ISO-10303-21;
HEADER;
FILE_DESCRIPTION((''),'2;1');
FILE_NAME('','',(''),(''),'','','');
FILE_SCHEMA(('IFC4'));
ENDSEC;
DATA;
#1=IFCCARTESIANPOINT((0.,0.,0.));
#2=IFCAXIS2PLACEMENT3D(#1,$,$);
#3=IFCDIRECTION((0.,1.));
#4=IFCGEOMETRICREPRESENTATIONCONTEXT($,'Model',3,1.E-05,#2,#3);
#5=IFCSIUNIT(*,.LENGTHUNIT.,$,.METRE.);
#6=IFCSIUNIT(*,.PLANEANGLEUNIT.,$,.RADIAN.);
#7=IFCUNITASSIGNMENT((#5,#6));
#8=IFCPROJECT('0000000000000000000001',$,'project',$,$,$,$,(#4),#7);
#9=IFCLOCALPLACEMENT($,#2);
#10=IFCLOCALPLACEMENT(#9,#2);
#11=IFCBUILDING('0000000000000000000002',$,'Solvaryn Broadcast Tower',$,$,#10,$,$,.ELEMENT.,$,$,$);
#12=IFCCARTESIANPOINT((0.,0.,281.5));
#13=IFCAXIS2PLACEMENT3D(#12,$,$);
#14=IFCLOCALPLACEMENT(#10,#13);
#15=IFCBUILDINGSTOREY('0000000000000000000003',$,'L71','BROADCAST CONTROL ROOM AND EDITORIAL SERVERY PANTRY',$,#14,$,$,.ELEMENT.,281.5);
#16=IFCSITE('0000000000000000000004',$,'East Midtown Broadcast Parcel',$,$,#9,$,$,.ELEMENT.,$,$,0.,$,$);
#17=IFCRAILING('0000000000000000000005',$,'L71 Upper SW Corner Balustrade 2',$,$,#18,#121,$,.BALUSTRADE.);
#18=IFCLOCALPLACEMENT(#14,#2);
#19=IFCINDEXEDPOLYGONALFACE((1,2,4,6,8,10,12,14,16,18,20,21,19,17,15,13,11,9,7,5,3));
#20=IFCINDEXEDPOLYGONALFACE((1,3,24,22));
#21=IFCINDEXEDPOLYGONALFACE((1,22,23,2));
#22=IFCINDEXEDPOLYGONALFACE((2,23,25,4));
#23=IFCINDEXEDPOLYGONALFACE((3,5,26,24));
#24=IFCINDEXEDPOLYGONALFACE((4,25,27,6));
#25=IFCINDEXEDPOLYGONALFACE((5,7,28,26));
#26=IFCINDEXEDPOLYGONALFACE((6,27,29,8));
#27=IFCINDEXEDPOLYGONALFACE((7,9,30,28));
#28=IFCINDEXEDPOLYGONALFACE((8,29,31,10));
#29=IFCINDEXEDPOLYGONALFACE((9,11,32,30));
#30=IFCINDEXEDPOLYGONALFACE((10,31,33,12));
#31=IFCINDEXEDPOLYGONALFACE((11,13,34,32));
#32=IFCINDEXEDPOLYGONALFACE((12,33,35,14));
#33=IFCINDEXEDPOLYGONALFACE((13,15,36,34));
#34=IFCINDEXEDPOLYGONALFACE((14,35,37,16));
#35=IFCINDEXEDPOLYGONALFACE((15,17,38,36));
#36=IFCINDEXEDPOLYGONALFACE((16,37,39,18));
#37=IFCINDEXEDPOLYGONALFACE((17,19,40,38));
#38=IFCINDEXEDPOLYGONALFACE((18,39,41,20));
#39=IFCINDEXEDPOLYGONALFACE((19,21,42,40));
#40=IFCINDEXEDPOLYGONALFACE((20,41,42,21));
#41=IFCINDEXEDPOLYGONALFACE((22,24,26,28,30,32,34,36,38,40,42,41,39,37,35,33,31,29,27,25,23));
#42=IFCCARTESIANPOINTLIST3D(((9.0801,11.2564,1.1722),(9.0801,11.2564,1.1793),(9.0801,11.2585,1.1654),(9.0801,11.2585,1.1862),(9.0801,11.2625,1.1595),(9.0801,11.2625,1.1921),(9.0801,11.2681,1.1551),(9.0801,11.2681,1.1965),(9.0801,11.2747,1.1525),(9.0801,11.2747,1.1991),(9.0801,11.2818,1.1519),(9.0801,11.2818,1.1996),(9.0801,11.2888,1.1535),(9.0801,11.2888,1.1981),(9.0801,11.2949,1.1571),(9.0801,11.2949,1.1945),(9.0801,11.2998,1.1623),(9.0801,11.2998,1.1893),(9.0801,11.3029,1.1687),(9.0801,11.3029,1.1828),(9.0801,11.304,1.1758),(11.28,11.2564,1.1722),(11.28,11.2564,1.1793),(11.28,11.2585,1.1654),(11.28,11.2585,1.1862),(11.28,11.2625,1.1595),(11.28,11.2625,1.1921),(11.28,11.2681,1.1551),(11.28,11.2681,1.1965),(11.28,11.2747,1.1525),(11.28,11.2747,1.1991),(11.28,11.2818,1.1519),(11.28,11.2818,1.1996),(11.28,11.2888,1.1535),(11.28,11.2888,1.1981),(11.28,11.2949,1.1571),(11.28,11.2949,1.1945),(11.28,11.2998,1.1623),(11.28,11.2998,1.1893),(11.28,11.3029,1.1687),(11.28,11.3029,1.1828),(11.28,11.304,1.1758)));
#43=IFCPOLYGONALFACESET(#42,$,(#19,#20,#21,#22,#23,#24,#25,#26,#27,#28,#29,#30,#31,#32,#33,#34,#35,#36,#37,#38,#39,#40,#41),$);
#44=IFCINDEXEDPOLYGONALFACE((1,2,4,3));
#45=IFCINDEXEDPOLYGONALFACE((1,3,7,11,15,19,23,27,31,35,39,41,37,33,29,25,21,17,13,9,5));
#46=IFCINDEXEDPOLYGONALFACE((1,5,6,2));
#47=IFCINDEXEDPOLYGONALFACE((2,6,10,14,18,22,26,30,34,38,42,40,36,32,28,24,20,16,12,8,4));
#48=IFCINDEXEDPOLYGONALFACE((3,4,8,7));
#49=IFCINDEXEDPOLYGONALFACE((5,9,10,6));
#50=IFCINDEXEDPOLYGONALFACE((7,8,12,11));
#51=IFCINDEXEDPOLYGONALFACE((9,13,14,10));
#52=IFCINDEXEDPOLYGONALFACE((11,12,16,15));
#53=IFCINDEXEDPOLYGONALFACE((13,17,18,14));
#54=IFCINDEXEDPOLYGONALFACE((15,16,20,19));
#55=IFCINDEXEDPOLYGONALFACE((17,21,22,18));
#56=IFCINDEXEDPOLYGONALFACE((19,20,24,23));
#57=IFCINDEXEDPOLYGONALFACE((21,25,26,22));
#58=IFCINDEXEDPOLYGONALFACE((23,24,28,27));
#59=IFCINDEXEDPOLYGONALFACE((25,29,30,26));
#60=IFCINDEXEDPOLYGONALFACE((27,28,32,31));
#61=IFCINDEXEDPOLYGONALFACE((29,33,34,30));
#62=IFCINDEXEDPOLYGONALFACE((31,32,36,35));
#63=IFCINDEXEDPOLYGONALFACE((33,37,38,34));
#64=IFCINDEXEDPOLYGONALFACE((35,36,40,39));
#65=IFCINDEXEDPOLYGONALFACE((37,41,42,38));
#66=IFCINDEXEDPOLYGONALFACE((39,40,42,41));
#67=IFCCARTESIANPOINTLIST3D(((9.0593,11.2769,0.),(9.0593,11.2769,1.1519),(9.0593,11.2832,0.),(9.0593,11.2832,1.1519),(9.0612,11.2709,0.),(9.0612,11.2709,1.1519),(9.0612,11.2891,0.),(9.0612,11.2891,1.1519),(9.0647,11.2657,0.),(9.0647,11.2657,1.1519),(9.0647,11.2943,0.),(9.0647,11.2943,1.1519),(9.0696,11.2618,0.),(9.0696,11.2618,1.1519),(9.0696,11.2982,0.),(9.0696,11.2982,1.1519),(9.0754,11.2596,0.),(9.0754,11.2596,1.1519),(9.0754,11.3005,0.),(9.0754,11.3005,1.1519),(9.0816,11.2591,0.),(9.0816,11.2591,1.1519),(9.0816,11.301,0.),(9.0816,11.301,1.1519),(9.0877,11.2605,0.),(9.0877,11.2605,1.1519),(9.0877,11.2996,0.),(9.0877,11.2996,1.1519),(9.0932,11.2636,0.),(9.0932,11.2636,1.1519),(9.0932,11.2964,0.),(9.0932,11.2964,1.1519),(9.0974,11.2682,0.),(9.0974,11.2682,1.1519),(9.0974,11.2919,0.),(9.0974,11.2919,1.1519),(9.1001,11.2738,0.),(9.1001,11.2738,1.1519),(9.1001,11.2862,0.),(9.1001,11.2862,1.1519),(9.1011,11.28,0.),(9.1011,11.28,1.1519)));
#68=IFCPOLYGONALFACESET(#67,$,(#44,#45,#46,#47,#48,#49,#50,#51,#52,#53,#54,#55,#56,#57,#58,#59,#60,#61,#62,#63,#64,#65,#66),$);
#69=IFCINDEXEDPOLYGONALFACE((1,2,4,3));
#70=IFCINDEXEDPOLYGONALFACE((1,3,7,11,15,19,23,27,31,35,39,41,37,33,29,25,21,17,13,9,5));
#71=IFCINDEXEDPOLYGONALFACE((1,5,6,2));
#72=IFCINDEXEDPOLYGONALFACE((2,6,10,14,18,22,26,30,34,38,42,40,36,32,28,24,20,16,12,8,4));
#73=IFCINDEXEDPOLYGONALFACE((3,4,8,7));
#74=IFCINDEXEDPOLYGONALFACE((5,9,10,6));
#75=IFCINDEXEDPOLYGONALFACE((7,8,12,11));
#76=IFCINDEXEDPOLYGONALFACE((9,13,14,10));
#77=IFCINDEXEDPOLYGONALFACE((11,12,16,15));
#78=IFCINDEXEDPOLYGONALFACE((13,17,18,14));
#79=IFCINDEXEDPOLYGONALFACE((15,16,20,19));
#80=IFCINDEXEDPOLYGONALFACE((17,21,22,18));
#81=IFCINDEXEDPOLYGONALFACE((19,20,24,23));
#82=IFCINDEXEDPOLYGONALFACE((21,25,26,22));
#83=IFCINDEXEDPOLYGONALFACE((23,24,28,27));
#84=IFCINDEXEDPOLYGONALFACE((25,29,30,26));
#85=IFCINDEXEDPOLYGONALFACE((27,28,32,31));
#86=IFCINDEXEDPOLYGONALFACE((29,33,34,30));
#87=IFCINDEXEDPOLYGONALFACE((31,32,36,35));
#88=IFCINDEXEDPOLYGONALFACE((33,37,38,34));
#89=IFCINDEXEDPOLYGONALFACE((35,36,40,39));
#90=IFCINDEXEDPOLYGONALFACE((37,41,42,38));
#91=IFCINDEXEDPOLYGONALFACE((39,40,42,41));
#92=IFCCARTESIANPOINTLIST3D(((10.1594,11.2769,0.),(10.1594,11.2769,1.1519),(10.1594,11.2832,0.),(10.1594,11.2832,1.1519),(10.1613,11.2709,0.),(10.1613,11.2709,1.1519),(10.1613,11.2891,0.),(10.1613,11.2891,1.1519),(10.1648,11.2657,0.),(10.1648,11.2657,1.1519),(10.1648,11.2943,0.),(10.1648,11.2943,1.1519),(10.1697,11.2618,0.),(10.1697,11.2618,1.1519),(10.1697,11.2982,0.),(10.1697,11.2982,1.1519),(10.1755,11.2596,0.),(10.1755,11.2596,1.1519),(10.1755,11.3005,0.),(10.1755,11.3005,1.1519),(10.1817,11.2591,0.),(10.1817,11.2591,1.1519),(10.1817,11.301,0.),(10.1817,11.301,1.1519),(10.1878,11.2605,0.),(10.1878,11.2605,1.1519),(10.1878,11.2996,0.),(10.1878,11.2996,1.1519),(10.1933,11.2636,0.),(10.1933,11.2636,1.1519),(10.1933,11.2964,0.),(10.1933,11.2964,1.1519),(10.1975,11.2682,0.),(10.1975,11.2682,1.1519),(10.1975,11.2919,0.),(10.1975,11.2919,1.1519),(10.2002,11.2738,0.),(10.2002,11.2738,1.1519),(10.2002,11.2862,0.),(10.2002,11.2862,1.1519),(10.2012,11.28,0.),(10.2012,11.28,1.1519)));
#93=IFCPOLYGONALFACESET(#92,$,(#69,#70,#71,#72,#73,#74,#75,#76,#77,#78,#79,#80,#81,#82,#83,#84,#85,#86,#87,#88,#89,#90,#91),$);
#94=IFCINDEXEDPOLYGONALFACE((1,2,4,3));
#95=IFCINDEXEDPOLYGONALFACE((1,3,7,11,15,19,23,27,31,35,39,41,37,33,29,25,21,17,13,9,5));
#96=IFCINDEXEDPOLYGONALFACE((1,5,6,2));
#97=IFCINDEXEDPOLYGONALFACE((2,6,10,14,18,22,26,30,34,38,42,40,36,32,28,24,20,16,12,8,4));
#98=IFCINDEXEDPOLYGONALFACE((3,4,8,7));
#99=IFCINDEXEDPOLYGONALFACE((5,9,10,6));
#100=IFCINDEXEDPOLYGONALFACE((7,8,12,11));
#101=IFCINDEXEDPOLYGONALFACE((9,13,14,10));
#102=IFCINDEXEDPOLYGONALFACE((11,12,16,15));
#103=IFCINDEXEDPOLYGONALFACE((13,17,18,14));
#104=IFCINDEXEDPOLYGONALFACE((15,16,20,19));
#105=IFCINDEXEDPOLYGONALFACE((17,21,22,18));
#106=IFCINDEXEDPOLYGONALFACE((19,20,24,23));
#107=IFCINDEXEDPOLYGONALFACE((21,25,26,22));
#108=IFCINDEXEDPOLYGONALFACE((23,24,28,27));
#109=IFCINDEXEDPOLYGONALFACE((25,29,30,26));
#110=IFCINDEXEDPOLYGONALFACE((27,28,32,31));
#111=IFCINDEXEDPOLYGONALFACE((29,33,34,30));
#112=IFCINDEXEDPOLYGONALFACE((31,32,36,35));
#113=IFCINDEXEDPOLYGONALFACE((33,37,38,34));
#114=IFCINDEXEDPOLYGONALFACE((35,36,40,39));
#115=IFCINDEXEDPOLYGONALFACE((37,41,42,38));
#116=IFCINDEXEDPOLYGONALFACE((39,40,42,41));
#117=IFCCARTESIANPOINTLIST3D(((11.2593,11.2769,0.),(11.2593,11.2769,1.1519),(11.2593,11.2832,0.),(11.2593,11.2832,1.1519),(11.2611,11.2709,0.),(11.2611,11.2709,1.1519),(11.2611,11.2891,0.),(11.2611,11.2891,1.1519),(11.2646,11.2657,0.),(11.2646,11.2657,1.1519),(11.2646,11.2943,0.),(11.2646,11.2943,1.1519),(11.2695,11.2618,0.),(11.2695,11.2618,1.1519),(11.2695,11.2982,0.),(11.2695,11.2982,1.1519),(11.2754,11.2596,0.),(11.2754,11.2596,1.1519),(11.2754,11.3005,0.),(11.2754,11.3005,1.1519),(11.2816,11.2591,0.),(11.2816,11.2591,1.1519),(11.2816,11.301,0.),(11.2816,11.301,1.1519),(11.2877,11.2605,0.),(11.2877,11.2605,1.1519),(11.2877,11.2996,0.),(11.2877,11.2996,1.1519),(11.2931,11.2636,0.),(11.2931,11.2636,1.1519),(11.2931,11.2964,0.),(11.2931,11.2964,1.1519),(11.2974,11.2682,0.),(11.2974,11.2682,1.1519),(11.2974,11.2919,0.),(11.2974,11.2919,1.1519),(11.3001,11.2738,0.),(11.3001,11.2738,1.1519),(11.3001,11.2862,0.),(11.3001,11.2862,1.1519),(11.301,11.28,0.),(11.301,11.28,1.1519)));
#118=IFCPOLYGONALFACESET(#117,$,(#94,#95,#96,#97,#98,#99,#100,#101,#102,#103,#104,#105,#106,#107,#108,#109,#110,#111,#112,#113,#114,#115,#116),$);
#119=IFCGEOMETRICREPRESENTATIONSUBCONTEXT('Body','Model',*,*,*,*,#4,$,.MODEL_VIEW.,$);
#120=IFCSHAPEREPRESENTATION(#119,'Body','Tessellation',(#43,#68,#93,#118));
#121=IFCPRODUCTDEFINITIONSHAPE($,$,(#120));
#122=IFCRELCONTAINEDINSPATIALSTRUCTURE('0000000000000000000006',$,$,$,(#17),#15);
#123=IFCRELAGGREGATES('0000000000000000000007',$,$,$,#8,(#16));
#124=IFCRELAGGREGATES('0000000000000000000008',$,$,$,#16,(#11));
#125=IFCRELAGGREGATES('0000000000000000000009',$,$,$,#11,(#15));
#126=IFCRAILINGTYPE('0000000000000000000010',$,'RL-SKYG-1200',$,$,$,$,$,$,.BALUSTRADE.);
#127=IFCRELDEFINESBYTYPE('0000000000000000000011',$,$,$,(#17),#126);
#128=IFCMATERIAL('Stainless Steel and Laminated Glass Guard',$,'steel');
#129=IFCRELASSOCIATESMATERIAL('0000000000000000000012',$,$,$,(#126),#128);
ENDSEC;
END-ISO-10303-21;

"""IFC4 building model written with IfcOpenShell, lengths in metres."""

from ifc_helpers import new_model, si_unit, direction, frame, origin, origin_2d, place, context, subcontext, project, spatial, circle, extrude, material, type_object, element, save


model = new_model("IFC4")

# Units and contexts
model_context = context("Model", 3, precision=1e-05, world=origin(), true_north=direction((0.0, 1.0)))
body_context = subcontext(model_context, "Body", "Model", "MODEL_VIEW")
ifc_project = project(units=[si_unit("LENGTHUNIT", "METRE"), si_unit("PLANEANGLEUNIT", "RADIAN")], contexts=[model_context])

# Site, building, storey
site_placement = place(None, origin())
site = spatial("IfcSite", under=ifc_project, at=site_placement, Name="East Midtown Broadcast Parcel", CompositionType="ELEMENT", RefElevation=0.0)
building_placement = place(site_placement, origin())
building = spatial("IfcBuilding", under=site, at=building_placement, Name="Solvaryn Broadcast Tower", CompositionType="ELEMENT")
storey_placement = place(building_placement, frame((0.0, 0.0, 281.5)))
storey = spatial("IfcBuildingStorey", under=building, at=storey_placement, Name="L71", Description="BROADCAST CONTROL ROOM AND EDITORIAL SERVERY PANTRY", CompositionType="ELEMENT", Elevation=281.5)

# Railing
ifc_material_1 = material(Name="Stainless Steel and Laminated Glass Guard", Category="steel")
railing_type = type_object("IfcRailingType", Name="RL-SKYG-1200", PredefinedType="BALUSTRADE", material=ifc_material_1)
railing_1_placement = place(storey_placement, frame((9.0801, 11.28, 0.0)))
element("IfcRailing", 1, at=railing_1_placement, inside=storey, type_object=railing_type, Name="L71 Upper SW Corner Balustrade 2", PredefinedType="BALUSTRADE", context=body_context, shape_type="SweptSolid", body=[
    extrude(circle(Radius=0.0239, at=origin_2d()), frame((0.0, 0.0, 1.1758), z_axis=(1.0, 0.0, 0.0), x_axis=(0.0, 1.0, 0.0)), (0.0, 0.0, 1.0), 2.2),
    extrude(circle(Radius=0.021, at=origin_2d()), origin(), (0.0, 0.0, 1.0), 1.1519),
    extrude(circle(Radius=0.021, at=origin_2d()), frame((1.1001, 0.0, 0.0)), (0.0, 0.0, 1.0), 1.1519),
    extrude(circle(Radius=0.021, at=origin_2d()), frame((2.2, 0.0, 0.0)), (0.0, 0.0, 1.0), 1.1519),
])

save(model, "model.ifc")
